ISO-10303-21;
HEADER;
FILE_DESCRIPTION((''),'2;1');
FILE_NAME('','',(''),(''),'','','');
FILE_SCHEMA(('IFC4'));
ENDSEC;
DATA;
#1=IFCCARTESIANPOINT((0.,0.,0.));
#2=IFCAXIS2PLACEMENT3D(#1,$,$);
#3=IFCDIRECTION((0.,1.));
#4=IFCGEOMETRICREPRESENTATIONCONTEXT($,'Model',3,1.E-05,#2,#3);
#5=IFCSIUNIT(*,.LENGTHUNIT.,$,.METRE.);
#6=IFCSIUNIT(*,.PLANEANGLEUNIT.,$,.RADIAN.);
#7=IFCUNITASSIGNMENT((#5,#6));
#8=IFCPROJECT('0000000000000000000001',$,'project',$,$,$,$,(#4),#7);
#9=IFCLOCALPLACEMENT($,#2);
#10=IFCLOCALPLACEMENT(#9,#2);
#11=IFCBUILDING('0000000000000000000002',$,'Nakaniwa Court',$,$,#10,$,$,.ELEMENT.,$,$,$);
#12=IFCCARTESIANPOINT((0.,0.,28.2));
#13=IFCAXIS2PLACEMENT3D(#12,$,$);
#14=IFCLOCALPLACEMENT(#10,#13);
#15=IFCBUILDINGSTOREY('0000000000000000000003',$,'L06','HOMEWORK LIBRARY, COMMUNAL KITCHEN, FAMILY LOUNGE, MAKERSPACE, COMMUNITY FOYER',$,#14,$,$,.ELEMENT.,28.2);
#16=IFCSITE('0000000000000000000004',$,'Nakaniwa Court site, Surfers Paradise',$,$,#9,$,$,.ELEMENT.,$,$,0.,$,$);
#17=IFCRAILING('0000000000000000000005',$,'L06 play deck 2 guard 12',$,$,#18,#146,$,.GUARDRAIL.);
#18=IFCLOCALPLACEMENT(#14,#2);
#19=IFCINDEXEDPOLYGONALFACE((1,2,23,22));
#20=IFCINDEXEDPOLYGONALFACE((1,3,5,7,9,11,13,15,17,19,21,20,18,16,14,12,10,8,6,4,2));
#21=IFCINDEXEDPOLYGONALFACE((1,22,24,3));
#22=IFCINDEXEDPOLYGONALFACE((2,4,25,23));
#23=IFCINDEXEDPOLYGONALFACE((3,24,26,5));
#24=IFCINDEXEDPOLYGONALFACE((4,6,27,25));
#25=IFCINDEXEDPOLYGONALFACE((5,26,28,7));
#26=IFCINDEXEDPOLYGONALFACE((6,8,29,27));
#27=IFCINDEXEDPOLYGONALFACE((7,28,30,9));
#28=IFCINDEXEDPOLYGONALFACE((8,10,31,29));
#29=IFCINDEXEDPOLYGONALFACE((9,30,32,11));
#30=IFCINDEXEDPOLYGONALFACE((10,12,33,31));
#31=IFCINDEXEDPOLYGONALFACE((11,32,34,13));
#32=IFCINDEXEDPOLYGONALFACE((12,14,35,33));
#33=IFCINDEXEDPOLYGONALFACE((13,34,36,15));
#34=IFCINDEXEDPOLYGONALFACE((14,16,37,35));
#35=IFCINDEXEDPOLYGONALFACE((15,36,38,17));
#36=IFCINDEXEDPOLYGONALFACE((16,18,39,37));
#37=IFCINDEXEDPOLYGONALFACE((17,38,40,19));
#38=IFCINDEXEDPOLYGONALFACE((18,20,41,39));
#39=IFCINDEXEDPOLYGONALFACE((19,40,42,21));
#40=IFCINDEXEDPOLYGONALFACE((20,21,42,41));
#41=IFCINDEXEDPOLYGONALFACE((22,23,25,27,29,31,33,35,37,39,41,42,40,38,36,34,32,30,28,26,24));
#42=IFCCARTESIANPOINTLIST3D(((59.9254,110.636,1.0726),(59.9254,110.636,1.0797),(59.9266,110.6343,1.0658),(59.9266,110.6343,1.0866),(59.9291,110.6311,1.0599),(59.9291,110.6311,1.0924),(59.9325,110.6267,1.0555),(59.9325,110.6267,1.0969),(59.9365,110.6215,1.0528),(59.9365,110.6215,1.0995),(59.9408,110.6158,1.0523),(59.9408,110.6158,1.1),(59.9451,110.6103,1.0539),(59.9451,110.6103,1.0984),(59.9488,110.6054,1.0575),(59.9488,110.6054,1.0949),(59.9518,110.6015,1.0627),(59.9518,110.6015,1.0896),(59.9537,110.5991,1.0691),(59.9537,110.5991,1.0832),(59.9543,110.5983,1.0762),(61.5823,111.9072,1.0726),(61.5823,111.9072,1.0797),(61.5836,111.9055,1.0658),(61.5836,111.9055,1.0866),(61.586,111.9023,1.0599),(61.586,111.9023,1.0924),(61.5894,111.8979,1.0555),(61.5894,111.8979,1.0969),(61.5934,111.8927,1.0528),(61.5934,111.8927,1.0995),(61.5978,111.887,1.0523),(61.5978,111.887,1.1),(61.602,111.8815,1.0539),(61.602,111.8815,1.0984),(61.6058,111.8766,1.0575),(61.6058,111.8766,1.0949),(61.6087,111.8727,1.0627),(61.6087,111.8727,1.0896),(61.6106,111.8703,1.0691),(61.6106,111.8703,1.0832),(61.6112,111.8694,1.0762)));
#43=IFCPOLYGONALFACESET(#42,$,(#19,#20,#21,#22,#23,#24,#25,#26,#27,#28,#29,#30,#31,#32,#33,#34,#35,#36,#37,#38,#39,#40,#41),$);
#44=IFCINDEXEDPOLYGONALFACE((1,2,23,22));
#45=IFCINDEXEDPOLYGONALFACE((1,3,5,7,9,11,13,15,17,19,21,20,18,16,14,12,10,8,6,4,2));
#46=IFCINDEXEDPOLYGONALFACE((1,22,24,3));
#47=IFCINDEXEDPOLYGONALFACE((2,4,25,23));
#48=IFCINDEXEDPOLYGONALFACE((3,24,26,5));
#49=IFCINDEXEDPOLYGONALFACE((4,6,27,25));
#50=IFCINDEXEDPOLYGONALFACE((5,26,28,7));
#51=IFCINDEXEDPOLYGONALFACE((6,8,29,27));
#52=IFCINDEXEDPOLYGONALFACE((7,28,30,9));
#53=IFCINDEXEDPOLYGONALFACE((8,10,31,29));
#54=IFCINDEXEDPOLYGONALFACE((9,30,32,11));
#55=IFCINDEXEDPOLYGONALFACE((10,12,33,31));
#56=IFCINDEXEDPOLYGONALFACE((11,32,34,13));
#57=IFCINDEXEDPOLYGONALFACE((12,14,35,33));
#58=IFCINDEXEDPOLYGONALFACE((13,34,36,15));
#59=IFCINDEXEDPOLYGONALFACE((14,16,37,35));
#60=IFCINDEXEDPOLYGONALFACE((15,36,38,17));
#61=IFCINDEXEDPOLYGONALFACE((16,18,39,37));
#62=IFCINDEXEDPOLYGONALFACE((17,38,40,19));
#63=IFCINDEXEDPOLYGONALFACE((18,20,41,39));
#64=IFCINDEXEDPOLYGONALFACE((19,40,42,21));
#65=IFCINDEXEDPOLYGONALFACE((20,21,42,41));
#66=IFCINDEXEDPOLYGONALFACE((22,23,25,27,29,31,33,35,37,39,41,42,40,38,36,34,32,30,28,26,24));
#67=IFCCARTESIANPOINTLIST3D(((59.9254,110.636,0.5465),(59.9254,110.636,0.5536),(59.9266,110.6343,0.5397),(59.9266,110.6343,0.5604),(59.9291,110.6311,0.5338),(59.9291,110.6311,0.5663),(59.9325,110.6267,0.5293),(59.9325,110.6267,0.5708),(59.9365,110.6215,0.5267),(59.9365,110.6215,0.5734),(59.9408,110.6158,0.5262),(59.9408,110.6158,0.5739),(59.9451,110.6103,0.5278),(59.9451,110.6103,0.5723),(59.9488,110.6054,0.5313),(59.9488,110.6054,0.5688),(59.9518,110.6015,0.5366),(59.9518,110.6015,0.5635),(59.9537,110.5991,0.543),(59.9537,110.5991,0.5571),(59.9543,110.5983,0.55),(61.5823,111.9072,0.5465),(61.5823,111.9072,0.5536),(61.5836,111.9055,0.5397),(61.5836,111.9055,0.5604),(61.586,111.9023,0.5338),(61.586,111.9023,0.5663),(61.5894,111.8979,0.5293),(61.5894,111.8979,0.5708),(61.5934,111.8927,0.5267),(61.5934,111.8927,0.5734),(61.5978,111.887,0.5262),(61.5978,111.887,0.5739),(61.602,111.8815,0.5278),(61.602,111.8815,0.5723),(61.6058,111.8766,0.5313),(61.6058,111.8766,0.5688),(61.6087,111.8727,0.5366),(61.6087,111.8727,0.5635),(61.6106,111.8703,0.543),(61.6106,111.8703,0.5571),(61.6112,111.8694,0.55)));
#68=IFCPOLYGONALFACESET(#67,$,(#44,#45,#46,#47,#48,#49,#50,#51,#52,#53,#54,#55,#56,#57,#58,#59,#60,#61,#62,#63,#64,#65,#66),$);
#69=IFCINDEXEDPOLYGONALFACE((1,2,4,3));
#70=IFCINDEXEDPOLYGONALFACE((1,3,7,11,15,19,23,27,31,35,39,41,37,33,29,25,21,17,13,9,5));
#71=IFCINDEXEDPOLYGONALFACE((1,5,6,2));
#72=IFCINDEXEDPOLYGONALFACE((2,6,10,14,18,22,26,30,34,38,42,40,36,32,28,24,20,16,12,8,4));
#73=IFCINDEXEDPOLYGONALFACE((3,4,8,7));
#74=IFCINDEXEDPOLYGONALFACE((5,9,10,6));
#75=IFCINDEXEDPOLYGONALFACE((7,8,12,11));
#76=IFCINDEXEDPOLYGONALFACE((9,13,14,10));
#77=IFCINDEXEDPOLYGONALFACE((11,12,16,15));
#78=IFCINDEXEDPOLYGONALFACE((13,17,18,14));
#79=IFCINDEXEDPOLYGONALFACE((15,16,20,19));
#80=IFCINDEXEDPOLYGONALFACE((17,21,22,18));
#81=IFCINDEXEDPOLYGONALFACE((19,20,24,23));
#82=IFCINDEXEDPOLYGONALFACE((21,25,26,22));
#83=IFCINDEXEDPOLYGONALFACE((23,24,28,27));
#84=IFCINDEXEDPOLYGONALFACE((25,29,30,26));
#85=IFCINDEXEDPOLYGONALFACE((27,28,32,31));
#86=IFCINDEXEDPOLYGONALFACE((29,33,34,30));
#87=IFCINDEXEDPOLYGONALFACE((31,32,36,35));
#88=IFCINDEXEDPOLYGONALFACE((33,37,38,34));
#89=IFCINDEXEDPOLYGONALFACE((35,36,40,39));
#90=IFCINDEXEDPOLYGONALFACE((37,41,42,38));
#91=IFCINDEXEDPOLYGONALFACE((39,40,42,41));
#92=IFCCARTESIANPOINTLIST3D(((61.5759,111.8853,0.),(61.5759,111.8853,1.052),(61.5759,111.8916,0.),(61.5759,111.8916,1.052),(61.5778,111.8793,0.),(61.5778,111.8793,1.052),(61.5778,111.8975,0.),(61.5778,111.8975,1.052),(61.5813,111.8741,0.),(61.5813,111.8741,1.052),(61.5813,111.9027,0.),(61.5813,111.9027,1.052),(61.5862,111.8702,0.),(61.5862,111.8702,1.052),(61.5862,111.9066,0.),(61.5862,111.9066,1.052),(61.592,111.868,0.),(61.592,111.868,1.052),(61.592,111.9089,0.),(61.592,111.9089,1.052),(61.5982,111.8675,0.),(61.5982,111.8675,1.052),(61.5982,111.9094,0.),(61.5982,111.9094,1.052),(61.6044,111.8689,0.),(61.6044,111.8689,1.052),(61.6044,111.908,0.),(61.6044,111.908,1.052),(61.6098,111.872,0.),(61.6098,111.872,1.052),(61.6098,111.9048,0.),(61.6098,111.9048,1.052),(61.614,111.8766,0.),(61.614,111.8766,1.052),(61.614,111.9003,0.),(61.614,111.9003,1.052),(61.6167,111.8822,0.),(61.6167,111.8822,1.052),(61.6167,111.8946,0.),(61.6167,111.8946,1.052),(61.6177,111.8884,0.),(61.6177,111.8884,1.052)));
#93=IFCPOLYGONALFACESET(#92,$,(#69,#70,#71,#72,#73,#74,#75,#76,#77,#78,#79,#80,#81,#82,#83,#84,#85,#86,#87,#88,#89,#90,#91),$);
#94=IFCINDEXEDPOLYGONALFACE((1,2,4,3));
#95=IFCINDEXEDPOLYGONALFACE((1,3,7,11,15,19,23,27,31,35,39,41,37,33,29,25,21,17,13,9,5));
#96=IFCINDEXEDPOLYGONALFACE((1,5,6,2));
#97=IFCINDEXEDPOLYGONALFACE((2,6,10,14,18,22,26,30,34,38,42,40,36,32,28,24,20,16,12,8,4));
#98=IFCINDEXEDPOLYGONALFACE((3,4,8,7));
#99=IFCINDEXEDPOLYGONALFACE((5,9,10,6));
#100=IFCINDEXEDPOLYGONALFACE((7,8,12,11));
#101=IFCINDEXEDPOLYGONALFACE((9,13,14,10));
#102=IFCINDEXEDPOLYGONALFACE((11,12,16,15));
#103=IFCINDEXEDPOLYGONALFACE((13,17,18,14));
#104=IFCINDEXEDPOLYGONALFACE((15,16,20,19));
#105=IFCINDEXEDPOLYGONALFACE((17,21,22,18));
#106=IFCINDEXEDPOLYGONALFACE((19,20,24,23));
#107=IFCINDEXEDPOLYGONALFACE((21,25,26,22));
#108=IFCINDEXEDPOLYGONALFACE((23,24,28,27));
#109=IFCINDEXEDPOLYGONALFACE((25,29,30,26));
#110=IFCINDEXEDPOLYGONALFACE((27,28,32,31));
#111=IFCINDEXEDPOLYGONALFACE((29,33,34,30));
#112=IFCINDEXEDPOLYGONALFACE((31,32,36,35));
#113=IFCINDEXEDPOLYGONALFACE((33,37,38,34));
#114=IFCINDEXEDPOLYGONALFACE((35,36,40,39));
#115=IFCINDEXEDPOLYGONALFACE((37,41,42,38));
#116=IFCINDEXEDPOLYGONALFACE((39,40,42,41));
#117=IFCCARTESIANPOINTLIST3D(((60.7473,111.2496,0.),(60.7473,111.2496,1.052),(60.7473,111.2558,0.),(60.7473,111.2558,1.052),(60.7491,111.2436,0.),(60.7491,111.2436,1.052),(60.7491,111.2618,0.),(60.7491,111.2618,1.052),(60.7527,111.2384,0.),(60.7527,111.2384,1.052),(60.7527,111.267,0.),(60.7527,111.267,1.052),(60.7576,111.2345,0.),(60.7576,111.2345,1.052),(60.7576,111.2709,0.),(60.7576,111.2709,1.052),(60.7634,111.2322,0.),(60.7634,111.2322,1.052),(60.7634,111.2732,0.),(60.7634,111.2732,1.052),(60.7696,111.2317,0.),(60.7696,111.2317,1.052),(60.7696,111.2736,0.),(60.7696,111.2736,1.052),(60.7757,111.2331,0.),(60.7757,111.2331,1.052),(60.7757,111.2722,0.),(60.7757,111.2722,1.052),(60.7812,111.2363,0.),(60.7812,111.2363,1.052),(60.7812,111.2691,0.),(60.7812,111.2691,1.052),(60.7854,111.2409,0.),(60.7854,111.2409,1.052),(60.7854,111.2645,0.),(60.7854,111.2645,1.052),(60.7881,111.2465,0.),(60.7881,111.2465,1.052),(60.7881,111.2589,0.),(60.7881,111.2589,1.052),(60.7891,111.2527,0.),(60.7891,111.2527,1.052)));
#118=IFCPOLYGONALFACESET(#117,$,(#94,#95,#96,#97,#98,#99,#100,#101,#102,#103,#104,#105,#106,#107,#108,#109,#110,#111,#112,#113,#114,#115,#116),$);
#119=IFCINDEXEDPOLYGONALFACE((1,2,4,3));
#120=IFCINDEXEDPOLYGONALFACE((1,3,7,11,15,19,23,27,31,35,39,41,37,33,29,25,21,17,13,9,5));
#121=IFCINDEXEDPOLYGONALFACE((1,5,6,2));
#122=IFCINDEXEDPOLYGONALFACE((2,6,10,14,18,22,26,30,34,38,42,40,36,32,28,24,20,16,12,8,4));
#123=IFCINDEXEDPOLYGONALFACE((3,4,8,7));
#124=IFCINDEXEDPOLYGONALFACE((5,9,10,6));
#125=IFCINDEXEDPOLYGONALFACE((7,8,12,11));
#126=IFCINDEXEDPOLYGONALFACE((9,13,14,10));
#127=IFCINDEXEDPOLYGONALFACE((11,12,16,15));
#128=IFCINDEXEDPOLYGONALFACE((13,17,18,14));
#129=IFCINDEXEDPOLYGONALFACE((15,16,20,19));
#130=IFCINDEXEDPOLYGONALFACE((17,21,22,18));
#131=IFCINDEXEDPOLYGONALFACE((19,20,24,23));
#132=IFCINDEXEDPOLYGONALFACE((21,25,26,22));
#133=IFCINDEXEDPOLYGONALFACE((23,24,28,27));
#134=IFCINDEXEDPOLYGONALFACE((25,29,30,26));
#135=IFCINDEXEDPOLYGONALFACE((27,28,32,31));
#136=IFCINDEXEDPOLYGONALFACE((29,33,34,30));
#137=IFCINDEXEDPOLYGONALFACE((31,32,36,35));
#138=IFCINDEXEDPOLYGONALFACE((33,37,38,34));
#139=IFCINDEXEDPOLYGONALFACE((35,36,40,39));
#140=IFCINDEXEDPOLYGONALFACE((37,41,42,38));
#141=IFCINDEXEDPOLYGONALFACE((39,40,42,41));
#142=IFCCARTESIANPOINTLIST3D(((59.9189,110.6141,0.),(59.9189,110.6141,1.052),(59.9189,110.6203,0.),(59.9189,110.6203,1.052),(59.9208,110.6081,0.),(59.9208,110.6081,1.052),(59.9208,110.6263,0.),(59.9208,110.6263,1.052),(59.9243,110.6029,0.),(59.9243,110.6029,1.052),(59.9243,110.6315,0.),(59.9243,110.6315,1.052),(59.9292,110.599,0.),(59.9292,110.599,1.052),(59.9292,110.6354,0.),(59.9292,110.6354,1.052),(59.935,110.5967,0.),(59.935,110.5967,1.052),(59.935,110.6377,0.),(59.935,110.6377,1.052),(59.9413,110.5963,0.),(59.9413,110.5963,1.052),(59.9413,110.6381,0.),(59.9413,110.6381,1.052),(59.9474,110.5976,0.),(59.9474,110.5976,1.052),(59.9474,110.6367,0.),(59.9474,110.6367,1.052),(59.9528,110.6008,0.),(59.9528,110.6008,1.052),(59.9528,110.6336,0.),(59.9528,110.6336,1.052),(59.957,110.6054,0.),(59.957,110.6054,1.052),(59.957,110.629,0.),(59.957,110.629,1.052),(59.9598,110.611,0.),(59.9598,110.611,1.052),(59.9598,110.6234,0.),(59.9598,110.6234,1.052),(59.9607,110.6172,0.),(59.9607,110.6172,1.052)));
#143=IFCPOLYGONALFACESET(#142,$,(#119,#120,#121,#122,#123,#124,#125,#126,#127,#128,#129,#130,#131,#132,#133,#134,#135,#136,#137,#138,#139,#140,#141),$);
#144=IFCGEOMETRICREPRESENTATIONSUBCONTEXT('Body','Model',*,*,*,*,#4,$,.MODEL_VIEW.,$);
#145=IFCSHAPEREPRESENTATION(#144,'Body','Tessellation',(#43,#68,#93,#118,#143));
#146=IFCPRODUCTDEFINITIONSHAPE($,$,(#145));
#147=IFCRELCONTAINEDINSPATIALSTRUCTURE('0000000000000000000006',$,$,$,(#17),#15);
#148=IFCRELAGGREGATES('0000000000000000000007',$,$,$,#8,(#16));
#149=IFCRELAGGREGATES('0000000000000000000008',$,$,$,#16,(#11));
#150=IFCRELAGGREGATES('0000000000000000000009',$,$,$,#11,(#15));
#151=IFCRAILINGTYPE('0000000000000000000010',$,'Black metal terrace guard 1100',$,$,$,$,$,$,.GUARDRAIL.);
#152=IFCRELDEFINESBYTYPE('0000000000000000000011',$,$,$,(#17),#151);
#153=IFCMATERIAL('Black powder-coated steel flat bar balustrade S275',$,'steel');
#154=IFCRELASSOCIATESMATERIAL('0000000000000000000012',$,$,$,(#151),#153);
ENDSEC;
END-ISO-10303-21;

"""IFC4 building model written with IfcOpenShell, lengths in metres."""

from ifc_helpers import new_model, si_unit, direction, frame, origin, origin_2d, place, context, subcontext, project, spatial, circle, extrude, material, type_object, element, save


model = new_model("IFC4")

# Units and contexts
model_context = context("Model", 3, precision=1e-05, world=origin(), true_north=direction((0.0, 1.0)))
body_context = subcontext(model_context, "Body", "Model", "MODEL_VIEW")
ifc_project = project(units=[si_unit("LENGTHUNIT", "METRE"), si_unit("PLANEANGLEUNIT", "RADIAN")], contexts=[model_context])

# Site, building, storey
site_placement = place(None, origin())
site = spatial("IfcSite", under=ifc_project, at=site_placement, Name="Nakaniwa Court site, Surfers Paradise", CompositionType="ELEMENT", RefElevation=0.0)
building_placement = place(site_placement, origin())
building = spatial("IfcBuilding", under=site, at=building_placement, Name="Nakaniwa Court", CompositionType="ELEMENT")
storey_placement = place(building_placement, frame((0.0, 0.0, 28.2)))
storey = spatial("IfcBuildingStorey", under=building, at=storey_placement, Name="L06", Description="HOMEWORK LIBRARY, COMMUNAL KITCHEN, FAMILY LOUNGE, MAKERSPACE, COMMUNITY FOYER", CompositionType="ELEMENT", Elevation=28.2)

# Railing
ifc_material_1 = material(Name="Black powder-coated steel flat bar balustrade S275", Category="steel")
railing_type = type_object("IfcRailingType", Name="Black metal terrace guard 1100", PredefinedType="GUARDRAIL", material=ifc_material_1)
railing_1_placement = place(storey_placement, frame((61.5967, 111.8884, 0.0)))
element("IfcRailing", 1, at=railing_1_placement, inside=storey, type_object=railing_type, Name="L06 play deck 2 guard 12", PredefinedType="GUARDRAIL", context=body_context, shape_type="SweptSolid", body=[
    extrude(circle(Radius=0.0239, at=origin_2d()), frame((0.0, 0.0, 1.0762), z_axis=(-0.793401, -0.608699, 0.0), x_axis=(0.608699, -0.793401, 0.0)), (0.0, 0.0, 1.0), 2.0884),
    extrude(circle(Radius=0.0239, at=origin_2d()), frame((0.0, 0.0, 0.55), z_axis=(-0.793401, -0.608699, 0.0), x_axis=(0.608699, -0.793401, 0.0)), (0.0, 0.0, 1.0), 2.0884),
    extrude(circle(Radius=0.021, at=origin_2d()), origin(), (0.0, 0.0, 1.0), 1.052),
    extrude(circle(Radius=0.021, at=origin_2d()), frame((-0.8286, -0.6357, 0.0)), (0.0, 0.0, 1.0), 1.052),
    extrude(circle(Radius=0.021, at=origin_2d()), frame((-1.657, -1.2712, 0.0)), (0.0, 0.0, 1.0), 1.052),
])

save(model, "model.ifc")
